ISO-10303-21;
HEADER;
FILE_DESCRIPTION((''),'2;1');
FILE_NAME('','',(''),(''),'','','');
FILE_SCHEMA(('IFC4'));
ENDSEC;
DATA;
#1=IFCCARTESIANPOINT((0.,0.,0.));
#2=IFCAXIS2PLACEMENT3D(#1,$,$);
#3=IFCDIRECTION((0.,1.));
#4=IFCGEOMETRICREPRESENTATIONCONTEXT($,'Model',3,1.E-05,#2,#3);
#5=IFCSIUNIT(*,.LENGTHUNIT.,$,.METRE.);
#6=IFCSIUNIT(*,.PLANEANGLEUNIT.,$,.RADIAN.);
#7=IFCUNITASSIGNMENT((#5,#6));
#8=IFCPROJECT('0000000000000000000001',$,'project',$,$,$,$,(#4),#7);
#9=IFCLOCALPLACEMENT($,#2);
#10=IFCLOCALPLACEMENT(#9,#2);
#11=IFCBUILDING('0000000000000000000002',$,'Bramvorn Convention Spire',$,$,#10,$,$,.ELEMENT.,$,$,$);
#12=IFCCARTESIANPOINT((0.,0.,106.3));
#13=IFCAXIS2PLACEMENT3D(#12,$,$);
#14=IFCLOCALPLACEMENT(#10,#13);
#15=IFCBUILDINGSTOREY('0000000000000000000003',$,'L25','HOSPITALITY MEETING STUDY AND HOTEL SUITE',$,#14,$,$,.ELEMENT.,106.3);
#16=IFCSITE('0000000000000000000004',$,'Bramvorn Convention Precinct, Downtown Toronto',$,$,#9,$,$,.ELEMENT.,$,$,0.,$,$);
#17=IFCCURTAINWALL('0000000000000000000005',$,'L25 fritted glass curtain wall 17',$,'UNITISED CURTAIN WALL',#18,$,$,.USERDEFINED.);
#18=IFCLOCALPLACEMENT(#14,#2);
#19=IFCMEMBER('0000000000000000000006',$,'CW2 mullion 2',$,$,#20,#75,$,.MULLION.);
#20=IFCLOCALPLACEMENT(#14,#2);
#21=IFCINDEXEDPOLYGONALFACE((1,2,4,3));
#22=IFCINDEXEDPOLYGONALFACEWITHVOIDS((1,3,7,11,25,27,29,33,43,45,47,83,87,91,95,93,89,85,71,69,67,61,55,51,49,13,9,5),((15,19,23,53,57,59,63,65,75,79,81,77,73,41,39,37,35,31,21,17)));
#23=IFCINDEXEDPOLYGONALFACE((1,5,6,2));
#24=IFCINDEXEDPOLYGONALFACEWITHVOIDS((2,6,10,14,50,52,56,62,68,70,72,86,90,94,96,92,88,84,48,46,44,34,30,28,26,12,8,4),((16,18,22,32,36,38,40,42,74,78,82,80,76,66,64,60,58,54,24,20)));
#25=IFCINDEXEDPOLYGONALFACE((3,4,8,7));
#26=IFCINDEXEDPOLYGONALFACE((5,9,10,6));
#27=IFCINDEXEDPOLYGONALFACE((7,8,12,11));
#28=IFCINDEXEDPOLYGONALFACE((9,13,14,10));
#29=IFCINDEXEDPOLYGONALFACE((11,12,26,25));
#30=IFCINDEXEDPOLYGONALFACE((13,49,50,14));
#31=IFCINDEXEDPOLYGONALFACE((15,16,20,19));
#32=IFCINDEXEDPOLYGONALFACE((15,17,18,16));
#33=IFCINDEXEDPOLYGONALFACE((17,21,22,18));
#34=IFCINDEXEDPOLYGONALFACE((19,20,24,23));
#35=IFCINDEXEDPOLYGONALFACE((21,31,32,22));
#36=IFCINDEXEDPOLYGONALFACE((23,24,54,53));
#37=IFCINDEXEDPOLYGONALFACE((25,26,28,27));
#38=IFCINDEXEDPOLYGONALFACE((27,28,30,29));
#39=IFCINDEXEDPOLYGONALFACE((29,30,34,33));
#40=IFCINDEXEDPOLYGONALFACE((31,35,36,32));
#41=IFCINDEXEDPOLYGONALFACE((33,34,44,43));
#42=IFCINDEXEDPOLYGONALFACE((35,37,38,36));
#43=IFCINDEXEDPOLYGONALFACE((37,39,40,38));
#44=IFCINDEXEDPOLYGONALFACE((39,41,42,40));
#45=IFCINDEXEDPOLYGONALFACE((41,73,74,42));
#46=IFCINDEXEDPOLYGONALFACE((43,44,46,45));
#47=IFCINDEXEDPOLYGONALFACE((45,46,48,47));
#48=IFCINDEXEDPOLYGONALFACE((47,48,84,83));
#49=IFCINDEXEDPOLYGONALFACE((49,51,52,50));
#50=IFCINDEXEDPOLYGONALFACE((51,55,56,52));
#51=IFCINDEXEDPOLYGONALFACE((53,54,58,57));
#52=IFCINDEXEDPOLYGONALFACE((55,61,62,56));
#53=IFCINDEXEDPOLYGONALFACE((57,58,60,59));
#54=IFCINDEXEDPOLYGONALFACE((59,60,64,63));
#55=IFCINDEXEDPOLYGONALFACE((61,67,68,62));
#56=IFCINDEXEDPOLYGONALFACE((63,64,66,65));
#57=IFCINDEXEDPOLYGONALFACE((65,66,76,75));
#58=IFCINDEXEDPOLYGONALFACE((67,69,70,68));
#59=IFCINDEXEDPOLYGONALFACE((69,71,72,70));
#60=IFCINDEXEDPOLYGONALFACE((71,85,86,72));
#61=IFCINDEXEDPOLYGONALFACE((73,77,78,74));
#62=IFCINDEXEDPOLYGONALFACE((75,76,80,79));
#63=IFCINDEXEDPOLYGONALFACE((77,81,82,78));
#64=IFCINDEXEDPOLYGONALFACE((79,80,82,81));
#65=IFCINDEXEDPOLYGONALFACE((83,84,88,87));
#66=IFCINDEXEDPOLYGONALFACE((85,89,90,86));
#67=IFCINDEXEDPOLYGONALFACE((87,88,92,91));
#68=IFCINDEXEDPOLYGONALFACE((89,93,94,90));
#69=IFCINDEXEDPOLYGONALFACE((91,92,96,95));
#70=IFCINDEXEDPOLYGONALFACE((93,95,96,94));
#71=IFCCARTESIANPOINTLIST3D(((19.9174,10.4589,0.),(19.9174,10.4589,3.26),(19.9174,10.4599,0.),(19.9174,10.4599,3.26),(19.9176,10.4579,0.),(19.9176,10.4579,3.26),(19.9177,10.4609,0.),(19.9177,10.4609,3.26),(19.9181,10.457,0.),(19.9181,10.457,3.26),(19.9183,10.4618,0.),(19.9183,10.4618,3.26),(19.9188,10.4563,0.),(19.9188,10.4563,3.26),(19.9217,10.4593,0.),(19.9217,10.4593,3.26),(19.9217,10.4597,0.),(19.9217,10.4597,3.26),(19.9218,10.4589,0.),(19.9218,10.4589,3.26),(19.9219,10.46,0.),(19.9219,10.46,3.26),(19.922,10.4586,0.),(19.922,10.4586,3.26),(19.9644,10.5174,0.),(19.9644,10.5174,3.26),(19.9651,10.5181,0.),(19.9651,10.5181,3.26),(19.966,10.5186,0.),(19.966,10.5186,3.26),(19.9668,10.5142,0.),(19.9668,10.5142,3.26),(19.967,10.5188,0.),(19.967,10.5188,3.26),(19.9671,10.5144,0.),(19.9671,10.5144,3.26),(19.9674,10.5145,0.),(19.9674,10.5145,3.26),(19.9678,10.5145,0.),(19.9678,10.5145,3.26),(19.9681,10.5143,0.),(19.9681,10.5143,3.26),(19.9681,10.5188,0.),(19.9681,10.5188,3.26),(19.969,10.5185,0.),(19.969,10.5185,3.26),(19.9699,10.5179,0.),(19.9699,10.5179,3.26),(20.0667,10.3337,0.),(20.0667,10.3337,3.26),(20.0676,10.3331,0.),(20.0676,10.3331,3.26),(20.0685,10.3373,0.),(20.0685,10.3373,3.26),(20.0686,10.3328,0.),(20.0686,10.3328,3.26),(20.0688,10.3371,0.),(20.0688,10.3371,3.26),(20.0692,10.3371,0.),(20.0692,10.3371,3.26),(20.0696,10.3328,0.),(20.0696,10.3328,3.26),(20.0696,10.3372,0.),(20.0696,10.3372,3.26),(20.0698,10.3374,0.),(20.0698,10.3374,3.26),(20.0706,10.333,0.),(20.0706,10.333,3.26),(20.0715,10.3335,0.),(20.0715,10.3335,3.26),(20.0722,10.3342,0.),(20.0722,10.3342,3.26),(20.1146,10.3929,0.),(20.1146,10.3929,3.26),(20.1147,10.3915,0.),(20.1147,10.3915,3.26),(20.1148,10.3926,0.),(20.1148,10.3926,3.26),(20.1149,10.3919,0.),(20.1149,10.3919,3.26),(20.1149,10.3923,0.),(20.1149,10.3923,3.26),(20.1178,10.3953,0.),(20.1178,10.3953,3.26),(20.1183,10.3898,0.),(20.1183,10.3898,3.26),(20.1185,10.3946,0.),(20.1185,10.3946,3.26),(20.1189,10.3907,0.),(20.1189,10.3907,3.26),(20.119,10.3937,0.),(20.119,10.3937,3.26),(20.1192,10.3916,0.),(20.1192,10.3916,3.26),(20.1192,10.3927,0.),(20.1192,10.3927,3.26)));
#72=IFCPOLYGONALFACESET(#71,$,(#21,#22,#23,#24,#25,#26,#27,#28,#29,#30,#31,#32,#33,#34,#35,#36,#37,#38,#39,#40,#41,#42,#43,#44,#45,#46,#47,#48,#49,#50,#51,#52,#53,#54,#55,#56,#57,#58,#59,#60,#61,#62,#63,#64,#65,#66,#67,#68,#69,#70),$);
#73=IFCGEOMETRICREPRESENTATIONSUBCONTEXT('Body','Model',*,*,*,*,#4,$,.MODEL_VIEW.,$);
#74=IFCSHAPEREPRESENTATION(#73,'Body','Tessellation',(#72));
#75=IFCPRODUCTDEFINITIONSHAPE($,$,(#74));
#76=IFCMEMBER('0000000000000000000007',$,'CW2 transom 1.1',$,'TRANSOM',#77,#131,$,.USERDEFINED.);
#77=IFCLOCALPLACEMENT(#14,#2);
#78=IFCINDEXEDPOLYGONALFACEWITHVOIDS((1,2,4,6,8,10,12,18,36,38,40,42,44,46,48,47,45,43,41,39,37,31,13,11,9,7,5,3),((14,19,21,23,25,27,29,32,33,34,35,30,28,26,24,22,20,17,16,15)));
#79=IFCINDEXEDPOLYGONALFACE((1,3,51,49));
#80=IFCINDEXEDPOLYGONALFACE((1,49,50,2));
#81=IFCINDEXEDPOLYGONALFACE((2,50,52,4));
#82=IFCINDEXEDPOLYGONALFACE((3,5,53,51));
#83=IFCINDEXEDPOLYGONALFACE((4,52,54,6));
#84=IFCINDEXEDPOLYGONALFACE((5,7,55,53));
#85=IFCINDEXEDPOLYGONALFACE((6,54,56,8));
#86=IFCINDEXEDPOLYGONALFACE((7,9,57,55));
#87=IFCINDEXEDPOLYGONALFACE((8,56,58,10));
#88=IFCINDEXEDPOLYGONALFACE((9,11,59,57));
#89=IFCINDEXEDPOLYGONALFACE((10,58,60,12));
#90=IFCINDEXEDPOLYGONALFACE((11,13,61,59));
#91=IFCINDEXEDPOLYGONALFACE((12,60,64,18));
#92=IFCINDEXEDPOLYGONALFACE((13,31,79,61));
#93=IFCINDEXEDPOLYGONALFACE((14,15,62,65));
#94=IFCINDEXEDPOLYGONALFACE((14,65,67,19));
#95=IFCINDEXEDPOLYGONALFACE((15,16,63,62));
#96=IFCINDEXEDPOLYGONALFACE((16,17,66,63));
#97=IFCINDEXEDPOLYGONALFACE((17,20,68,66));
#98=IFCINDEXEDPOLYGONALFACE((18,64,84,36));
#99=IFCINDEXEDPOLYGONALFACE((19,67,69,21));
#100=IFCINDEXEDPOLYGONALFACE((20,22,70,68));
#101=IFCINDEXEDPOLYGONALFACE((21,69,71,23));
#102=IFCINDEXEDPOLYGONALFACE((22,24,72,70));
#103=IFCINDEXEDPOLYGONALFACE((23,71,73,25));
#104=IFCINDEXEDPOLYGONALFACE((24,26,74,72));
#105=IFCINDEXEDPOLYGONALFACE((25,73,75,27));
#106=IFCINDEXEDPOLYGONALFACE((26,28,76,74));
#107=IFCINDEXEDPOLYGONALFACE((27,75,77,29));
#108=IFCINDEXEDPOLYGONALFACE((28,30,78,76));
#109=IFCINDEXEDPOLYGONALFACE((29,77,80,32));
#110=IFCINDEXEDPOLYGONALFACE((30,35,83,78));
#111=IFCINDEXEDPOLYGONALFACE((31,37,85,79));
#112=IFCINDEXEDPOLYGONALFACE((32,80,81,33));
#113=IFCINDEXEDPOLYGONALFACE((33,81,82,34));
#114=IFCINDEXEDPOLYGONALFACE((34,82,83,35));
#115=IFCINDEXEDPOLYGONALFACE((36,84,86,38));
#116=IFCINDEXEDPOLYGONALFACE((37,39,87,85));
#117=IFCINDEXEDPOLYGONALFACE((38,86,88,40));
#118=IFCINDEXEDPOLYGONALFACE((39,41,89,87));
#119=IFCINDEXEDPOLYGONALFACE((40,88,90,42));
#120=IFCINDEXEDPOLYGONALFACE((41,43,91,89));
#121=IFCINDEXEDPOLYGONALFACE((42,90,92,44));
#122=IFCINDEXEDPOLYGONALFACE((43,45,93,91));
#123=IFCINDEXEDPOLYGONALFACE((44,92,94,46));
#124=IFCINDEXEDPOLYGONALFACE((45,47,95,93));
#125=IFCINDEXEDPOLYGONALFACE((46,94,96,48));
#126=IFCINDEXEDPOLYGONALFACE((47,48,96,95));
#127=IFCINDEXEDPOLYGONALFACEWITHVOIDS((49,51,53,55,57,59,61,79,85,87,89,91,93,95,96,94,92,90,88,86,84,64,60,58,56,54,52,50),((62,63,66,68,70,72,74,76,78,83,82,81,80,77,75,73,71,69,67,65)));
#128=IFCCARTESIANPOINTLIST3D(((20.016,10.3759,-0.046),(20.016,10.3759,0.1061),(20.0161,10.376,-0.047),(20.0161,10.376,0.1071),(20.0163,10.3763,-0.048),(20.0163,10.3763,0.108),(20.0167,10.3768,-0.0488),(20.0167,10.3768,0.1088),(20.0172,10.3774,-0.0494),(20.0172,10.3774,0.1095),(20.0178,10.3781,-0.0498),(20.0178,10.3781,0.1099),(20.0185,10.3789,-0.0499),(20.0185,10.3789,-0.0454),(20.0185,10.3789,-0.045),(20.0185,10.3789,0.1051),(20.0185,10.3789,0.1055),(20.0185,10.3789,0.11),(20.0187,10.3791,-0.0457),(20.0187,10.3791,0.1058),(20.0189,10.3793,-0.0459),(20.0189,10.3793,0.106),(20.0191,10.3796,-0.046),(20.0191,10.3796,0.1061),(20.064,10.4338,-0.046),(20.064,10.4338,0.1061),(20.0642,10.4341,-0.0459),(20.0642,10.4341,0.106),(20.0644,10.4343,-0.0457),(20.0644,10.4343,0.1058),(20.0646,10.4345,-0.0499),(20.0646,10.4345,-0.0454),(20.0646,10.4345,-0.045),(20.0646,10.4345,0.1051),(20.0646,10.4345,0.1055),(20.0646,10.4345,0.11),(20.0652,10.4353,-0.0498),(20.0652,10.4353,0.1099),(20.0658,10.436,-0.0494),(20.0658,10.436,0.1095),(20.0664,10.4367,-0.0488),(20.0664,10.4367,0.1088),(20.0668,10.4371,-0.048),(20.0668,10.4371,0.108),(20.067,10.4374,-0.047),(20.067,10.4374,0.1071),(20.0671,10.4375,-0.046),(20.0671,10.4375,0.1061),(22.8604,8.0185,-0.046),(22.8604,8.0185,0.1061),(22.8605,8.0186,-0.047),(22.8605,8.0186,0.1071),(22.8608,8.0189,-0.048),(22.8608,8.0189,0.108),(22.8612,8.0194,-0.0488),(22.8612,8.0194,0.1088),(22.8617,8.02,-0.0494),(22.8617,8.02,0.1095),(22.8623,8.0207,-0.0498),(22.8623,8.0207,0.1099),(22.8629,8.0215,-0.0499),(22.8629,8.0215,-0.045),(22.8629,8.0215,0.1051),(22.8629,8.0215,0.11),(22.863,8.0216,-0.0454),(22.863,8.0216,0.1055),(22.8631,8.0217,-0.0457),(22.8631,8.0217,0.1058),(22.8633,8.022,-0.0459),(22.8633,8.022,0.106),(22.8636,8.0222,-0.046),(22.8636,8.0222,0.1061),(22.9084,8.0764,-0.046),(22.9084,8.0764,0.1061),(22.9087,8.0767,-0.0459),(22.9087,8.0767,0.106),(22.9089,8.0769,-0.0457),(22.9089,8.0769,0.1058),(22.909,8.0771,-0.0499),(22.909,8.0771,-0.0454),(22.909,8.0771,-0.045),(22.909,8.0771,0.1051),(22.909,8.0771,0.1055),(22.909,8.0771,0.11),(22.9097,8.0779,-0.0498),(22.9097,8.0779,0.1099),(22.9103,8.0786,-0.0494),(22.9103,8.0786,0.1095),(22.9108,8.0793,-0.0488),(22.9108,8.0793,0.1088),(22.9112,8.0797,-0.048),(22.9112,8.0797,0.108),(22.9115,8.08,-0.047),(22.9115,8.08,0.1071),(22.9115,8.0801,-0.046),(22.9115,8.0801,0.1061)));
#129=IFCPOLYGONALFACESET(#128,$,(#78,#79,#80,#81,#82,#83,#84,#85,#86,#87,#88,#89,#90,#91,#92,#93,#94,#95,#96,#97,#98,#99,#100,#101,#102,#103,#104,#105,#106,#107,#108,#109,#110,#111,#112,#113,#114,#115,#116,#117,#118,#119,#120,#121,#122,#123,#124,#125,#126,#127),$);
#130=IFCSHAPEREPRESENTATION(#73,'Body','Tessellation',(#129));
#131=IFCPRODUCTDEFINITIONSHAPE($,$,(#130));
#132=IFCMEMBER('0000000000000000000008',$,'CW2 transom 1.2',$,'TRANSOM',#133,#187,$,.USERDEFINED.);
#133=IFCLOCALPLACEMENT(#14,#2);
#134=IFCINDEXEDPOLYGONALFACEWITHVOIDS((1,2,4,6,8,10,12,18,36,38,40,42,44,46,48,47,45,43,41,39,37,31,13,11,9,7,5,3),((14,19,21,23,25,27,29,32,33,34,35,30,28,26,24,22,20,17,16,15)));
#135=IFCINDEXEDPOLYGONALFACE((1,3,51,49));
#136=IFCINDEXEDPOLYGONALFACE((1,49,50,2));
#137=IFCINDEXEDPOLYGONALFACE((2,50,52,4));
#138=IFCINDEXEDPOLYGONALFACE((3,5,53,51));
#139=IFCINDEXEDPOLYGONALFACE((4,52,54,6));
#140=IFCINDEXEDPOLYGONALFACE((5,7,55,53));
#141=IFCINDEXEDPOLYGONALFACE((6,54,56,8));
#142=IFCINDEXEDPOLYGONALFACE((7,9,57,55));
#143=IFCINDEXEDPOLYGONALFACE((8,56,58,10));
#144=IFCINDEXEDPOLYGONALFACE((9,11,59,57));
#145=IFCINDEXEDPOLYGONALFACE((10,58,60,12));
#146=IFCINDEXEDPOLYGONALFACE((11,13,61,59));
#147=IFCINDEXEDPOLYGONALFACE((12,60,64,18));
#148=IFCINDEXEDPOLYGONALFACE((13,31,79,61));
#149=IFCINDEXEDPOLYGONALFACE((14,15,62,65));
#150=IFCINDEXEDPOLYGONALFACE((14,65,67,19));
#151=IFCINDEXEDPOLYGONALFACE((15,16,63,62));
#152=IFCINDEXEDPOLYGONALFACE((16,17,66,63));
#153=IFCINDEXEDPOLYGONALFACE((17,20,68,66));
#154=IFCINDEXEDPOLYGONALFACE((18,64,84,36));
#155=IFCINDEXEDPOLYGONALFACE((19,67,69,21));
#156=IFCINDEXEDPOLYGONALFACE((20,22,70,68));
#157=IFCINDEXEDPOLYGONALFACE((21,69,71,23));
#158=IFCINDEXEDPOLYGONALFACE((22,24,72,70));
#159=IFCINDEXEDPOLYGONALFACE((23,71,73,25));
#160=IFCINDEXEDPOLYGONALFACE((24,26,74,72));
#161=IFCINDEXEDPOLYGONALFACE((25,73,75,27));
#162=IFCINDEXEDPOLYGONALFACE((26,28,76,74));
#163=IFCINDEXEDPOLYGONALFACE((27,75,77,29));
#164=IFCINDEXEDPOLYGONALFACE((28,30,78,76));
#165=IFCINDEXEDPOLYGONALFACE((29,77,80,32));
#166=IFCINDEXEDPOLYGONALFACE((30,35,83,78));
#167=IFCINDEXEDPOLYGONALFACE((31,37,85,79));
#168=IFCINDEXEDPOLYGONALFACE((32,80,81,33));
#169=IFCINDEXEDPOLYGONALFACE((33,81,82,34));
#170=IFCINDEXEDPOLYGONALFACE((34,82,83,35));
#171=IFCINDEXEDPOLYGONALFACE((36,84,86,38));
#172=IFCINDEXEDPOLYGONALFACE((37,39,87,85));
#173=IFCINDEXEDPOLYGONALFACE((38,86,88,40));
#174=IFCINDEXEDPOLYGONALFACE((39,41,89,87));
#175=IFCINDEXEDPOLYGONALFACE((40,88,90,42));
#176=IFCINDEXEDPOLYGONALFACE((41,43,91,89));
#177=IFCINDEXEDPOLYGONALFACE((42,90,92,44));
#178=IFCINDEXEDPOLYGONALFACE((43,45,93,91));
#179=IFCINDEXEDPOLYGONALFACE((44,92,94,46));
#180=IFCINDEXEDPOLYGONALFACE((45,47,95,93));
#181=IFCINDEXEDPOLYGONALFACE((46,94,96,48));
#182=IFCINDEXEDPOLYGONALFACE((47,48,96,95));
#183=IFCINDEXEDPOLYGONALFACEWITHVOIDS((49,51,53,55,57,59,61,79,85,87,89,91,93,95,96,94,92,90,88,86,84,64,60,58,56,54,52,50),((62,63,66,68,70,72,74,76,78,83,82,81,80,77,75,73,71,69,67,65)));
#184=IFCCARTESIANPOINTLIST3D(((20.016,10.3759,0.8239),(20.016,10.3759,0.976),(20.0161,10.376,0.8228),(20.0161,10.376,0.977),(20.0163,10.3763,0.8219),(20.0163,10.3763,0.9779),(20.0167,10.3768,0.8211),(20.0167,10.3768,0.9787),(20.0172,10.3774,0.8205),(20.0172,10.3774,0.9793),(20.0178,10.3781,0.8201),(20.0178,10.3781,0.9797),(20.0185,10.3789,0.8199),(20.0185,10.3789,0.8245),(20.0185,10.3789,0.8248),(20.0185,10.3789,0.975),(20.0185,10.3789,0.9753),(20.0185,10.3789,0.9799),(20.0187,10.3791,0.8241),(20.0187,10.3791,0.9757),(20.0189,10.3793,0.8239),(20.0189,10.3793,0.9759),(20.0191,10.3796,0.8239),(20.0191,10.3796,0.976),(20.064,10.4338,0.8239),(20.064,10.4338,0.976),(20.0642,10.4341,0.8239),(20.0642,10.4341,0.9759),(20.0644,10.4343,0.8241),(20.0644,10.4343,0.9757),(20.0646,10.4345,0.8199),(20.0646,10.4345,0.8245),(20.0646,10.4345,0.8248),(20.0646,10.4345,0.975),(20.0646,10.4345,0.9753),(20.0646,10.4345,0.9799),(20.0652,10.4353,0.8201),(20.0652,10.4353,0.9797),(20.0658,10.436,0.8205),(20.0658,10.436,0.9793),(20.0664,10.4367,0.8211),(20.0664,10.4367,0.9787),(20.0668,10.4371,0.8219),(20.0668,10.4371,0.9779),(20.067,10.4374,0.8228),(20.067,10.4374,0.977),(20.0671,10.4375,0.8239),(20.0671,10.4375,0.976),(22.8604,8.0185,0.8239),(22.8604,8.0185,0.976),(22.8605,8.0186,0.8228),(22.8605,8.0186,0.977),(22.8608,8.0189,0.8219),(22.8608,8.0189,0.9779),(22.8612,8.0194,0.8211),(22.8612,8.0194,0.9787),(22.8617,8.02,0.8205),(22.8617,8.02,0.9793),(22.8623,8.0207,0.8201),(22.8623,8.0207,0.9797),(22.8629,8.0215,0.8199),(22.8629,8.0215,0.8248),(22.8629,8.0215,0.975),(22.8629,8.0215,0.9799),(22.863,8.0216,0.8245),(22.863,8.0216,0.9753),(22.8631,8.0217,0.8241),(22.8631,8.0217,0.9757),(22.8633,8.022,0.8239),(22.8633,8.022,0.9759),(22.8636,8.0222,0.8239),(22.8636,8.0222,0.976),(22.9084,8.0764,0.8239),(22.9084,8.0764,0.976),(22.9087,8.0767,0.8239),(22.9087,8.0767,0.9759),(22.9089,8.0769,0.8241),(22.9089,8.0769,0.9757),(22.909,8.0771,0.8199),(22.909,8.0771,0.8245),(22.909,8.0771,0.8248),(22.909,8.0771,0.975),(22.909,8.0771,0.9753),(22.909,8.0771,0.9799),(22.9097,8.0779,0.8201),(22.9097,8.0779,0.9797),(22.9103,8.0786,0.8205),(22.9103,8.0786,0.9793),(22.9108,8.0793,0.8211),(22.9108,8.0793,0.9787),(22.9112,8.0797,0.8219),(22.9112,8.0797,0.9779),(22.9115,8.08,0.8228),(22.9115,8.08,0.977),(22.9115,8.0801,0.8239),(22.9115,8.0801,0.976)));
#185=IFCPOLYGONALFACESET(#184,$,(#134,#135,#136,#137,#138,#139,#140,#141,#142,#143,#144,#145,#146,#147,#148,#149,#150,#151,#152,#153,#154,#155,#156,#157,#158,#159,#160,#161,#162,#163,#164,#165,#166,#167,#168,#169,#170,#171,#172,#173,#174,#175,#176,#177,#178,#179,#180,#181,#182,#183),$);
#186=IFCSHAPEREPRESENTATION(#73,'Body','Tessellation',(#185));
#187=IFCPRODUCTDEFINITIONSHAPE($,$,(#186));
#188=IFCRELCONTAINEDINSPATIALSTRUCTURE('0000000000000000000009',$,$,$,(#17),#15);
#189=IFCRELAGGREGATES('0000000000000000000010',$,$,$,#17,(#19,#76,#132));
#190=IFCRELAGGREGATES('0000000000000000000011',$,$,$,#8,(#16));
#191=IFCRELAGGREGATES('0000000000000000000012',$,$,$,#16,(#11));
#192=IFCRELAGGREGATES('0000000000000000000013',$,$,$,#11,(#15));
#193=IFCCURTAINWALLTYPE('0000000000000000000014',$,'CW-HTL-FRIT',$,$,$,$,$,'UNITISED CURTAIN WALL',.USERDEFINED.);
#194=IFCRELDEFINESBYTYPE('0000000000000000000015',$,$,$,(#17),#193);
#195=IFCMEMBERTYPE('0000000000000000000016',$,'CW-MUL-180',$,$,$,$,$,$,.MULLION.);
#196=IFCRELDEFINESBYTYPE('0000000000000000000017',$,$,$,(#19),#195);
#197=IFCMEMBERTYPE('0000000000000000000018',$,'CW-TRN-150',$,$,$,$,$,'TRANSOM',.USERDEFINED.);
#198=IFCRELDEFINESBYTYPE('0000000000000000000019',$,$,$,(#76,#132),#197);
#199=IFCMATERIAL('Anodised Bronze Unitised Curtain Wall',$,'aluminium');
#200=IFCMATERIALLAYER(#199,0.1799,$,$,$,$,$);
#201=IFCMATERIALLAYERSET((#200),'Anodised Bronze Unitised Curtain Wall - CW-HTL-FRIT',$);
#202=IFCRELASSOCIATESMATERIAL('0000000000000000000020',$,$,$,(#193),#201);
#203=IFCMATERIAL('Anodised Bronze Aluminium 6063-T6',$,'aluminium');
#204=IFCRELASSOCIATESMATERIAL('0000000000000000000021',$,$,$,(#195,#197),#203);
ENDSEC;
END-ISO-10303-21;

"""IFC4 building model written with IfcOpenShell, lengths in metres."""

from ifc_helpers import new_model, si_unit, direction, frame, origin, origin_2d, place, context, subcontext, project, spatial, hollow_rectangle, extrude, material, layer, layer_set, material_profile, profile_set, type_object, element, aggregate, save


model = new_model("IFC4")

# Units and contexts
model_context = context("Model", 3, precision=1e-05, world=origin(), true_north=direction((0.0, 1.0)))
body_context = subcontext(model_context, "Body", "Model", "MODEL_VIEW")
ifc_project = project(units=[si_unit("LENGTHUNIT", "METRE"), si_unit("PLANEANGLEUNIT", "RADIAN")], contexts=[model_context])

# Site, building, storey
site_placement = place(None, origin())
site = spatial("IfcSite", under=ifc_project, at=site_placement, Name="Bramvorn Convention Precinct, Downtown Toronto", CompositionType="ELEMENT", RefElevation=0.0)
building_placement = place(site_placement, origin())
building = spatial("IfcBuilding", under=site, at=building_placement, Name="Bramvorn Convention Spire", CompositionType="ELEMENT")
storey_placement = place(building_placement, frame((0.0, 0.0, 106.3)))
storey = spatial("IfcBuildingStorey", under=building, at=storey_placement, Name="L25", Description="HOSPITALITY MEETING STUDY AND HOTEL SUITE", CompositionType="ELEMENT", Elevation=106.3)

# Curtain wall, members
ifc_material_1 = material(Name="Anodised Bronze Unitised Curtain Wall", Category="aluminium")
ifc_layer_1 = layer(ifc_material_1, 0.1799)
ifc_layer_set_1 = layer_set([ifc_layer_1], Name="Anodised Bronze Unitised Curtain Wall - CW-HTL-FRIT")
curtain_wall_type = type_object("IfcCurtainWallType", Name="CW-HTL-FRIT", ElementType="UNITISED CURTAIN WALL", PredefinedType="USERDEFINED", material=ifc_layer_set_1)
curtain_wall_placement = place(storey_placement, origin())
curtain_wall = element("IfcCurtainWall", 1, at=curtain_wall_placement, inside=storey, type_object=curtain_wall_type, Name="L25 fritted glass curtain wall 17", ObjectType="UNITISED CURTAIN WALL", PredefinedType="USERDEFINED")
ifc_material_2 = material(Name="Anodised Bronze Aluminium 6063-T6", Category="aluminium")
ifc_material_profile_1 = material_profile(ifc_material_2, hollow_rectangle(XDim=0.0801, YDim=0.2, WallThickness=0.0039, InnerFilletRadius=0.001, OuterFilletRadius=0.0039, at=origin_2d()))
ifc_profile_set_1 = profile_set([ifc_material_profile_1], Name="Anodised Bronze Aluminium 6063-T6 - CWM80X200")
member_type_1 = type_object("IfcMemberType", Name="CW-MUL-180", PredefinedType="MULLION", material=ifc_profile_set_1)
member_1_placement = place(storey_placement, frame((20.0183, 10.4258, 0.0), z_axis=(0.0, 0.0, 1.0), x_axis=(-0.638087, -0.769964, 0.0)))
member_1 = element("IfcMember", 2, at=member_1_placement, type_object=member_type_1, Name="CW2 mullion 2", PredefinedType="MULLION", context=body_context, shape_type="SweptSolid", body=[
    extrude(hollow_rectangle(XDim=0.0801, YDim=0.2, WallThickness=0.0039, InnerFilletRadius=0.001, OuterFilletRadius=0.0039, at=origin_2d()), origin(), (0.0, 0.0, 1.0), 3.26),
])
ifc_material_profile_2 = material_profile(ifc_material_2, hollow_rectangle(XDim=0.0801, YDim=0.1599, WallThickness=0.0039, InnerFilletRadius=0.001, OuterFilletRadius=0.0039, at=origin_2d()))
ifc_profile_set_2 = profile_set([ifc_material_profile_2], Name="Anodised Bronze Aluminium 6063-T6 - CWT80X160")
member_type_2 = type_object("IfcMemberType", Name="CW-TRN-150", ElementType="TRANSOM", PredefinedType="USERDEFINED", material=ifc_profile_set_2)
member_2_placement = place(storey_placement, frame((22.886, 8.0493, 0.03), z_axis=(-0.769946, 0.638109, 0.0), x_axis=(-0.638109, -0.769946, 0.0)))
member_2 = element("IfcMember", 3, at=member_2_placement, type_object=member_type_2, Name="CW2 transom 1.1", ObjectType="TRANSOM", PredefinedType="USERDEFINED", context=body_context, shape_type="SweptSolid", body=[
    extrude(hollow_rectangle(XDim=0.0801, YDim=0.1599, WallThickness=0.0039, InnerFilletRadius=0.001, OuterFilletRadius=0.0039, at=origin_2d()), origin(), (0.0, 0.0, 1.0), 3.6943),
])
member_3_placement = place(storey_placement, frame((22.886, 8.0493, 0.8999), z_axis=(-0.769946, 0.638109, 0.0), x_axis=(-0.638109, -0.769946, 0.0)))
member_3 = element("IfcMember", 4, at=member_3_placement, type_object=member_type_2, Name="CW2 transom 1.2", ObjectType="TRANSOM", PredefinedType="USERDEFINED", context=body_context, shape_type="SweptSolid", body=[
    extrude(hollow_rectangle(XDim=0.0801, YDim=0.1599, WallThickness=0.0039, InnerFilletRadius=0.001, OuterFilletRadius=0.0039, at=origin_2d()), origin(), (0.0, 0.0, 1.0), 3.6943),
])
aggregate(curtain_wall, [member_1, member_2, member_3])

save(model, "model.ifc")
